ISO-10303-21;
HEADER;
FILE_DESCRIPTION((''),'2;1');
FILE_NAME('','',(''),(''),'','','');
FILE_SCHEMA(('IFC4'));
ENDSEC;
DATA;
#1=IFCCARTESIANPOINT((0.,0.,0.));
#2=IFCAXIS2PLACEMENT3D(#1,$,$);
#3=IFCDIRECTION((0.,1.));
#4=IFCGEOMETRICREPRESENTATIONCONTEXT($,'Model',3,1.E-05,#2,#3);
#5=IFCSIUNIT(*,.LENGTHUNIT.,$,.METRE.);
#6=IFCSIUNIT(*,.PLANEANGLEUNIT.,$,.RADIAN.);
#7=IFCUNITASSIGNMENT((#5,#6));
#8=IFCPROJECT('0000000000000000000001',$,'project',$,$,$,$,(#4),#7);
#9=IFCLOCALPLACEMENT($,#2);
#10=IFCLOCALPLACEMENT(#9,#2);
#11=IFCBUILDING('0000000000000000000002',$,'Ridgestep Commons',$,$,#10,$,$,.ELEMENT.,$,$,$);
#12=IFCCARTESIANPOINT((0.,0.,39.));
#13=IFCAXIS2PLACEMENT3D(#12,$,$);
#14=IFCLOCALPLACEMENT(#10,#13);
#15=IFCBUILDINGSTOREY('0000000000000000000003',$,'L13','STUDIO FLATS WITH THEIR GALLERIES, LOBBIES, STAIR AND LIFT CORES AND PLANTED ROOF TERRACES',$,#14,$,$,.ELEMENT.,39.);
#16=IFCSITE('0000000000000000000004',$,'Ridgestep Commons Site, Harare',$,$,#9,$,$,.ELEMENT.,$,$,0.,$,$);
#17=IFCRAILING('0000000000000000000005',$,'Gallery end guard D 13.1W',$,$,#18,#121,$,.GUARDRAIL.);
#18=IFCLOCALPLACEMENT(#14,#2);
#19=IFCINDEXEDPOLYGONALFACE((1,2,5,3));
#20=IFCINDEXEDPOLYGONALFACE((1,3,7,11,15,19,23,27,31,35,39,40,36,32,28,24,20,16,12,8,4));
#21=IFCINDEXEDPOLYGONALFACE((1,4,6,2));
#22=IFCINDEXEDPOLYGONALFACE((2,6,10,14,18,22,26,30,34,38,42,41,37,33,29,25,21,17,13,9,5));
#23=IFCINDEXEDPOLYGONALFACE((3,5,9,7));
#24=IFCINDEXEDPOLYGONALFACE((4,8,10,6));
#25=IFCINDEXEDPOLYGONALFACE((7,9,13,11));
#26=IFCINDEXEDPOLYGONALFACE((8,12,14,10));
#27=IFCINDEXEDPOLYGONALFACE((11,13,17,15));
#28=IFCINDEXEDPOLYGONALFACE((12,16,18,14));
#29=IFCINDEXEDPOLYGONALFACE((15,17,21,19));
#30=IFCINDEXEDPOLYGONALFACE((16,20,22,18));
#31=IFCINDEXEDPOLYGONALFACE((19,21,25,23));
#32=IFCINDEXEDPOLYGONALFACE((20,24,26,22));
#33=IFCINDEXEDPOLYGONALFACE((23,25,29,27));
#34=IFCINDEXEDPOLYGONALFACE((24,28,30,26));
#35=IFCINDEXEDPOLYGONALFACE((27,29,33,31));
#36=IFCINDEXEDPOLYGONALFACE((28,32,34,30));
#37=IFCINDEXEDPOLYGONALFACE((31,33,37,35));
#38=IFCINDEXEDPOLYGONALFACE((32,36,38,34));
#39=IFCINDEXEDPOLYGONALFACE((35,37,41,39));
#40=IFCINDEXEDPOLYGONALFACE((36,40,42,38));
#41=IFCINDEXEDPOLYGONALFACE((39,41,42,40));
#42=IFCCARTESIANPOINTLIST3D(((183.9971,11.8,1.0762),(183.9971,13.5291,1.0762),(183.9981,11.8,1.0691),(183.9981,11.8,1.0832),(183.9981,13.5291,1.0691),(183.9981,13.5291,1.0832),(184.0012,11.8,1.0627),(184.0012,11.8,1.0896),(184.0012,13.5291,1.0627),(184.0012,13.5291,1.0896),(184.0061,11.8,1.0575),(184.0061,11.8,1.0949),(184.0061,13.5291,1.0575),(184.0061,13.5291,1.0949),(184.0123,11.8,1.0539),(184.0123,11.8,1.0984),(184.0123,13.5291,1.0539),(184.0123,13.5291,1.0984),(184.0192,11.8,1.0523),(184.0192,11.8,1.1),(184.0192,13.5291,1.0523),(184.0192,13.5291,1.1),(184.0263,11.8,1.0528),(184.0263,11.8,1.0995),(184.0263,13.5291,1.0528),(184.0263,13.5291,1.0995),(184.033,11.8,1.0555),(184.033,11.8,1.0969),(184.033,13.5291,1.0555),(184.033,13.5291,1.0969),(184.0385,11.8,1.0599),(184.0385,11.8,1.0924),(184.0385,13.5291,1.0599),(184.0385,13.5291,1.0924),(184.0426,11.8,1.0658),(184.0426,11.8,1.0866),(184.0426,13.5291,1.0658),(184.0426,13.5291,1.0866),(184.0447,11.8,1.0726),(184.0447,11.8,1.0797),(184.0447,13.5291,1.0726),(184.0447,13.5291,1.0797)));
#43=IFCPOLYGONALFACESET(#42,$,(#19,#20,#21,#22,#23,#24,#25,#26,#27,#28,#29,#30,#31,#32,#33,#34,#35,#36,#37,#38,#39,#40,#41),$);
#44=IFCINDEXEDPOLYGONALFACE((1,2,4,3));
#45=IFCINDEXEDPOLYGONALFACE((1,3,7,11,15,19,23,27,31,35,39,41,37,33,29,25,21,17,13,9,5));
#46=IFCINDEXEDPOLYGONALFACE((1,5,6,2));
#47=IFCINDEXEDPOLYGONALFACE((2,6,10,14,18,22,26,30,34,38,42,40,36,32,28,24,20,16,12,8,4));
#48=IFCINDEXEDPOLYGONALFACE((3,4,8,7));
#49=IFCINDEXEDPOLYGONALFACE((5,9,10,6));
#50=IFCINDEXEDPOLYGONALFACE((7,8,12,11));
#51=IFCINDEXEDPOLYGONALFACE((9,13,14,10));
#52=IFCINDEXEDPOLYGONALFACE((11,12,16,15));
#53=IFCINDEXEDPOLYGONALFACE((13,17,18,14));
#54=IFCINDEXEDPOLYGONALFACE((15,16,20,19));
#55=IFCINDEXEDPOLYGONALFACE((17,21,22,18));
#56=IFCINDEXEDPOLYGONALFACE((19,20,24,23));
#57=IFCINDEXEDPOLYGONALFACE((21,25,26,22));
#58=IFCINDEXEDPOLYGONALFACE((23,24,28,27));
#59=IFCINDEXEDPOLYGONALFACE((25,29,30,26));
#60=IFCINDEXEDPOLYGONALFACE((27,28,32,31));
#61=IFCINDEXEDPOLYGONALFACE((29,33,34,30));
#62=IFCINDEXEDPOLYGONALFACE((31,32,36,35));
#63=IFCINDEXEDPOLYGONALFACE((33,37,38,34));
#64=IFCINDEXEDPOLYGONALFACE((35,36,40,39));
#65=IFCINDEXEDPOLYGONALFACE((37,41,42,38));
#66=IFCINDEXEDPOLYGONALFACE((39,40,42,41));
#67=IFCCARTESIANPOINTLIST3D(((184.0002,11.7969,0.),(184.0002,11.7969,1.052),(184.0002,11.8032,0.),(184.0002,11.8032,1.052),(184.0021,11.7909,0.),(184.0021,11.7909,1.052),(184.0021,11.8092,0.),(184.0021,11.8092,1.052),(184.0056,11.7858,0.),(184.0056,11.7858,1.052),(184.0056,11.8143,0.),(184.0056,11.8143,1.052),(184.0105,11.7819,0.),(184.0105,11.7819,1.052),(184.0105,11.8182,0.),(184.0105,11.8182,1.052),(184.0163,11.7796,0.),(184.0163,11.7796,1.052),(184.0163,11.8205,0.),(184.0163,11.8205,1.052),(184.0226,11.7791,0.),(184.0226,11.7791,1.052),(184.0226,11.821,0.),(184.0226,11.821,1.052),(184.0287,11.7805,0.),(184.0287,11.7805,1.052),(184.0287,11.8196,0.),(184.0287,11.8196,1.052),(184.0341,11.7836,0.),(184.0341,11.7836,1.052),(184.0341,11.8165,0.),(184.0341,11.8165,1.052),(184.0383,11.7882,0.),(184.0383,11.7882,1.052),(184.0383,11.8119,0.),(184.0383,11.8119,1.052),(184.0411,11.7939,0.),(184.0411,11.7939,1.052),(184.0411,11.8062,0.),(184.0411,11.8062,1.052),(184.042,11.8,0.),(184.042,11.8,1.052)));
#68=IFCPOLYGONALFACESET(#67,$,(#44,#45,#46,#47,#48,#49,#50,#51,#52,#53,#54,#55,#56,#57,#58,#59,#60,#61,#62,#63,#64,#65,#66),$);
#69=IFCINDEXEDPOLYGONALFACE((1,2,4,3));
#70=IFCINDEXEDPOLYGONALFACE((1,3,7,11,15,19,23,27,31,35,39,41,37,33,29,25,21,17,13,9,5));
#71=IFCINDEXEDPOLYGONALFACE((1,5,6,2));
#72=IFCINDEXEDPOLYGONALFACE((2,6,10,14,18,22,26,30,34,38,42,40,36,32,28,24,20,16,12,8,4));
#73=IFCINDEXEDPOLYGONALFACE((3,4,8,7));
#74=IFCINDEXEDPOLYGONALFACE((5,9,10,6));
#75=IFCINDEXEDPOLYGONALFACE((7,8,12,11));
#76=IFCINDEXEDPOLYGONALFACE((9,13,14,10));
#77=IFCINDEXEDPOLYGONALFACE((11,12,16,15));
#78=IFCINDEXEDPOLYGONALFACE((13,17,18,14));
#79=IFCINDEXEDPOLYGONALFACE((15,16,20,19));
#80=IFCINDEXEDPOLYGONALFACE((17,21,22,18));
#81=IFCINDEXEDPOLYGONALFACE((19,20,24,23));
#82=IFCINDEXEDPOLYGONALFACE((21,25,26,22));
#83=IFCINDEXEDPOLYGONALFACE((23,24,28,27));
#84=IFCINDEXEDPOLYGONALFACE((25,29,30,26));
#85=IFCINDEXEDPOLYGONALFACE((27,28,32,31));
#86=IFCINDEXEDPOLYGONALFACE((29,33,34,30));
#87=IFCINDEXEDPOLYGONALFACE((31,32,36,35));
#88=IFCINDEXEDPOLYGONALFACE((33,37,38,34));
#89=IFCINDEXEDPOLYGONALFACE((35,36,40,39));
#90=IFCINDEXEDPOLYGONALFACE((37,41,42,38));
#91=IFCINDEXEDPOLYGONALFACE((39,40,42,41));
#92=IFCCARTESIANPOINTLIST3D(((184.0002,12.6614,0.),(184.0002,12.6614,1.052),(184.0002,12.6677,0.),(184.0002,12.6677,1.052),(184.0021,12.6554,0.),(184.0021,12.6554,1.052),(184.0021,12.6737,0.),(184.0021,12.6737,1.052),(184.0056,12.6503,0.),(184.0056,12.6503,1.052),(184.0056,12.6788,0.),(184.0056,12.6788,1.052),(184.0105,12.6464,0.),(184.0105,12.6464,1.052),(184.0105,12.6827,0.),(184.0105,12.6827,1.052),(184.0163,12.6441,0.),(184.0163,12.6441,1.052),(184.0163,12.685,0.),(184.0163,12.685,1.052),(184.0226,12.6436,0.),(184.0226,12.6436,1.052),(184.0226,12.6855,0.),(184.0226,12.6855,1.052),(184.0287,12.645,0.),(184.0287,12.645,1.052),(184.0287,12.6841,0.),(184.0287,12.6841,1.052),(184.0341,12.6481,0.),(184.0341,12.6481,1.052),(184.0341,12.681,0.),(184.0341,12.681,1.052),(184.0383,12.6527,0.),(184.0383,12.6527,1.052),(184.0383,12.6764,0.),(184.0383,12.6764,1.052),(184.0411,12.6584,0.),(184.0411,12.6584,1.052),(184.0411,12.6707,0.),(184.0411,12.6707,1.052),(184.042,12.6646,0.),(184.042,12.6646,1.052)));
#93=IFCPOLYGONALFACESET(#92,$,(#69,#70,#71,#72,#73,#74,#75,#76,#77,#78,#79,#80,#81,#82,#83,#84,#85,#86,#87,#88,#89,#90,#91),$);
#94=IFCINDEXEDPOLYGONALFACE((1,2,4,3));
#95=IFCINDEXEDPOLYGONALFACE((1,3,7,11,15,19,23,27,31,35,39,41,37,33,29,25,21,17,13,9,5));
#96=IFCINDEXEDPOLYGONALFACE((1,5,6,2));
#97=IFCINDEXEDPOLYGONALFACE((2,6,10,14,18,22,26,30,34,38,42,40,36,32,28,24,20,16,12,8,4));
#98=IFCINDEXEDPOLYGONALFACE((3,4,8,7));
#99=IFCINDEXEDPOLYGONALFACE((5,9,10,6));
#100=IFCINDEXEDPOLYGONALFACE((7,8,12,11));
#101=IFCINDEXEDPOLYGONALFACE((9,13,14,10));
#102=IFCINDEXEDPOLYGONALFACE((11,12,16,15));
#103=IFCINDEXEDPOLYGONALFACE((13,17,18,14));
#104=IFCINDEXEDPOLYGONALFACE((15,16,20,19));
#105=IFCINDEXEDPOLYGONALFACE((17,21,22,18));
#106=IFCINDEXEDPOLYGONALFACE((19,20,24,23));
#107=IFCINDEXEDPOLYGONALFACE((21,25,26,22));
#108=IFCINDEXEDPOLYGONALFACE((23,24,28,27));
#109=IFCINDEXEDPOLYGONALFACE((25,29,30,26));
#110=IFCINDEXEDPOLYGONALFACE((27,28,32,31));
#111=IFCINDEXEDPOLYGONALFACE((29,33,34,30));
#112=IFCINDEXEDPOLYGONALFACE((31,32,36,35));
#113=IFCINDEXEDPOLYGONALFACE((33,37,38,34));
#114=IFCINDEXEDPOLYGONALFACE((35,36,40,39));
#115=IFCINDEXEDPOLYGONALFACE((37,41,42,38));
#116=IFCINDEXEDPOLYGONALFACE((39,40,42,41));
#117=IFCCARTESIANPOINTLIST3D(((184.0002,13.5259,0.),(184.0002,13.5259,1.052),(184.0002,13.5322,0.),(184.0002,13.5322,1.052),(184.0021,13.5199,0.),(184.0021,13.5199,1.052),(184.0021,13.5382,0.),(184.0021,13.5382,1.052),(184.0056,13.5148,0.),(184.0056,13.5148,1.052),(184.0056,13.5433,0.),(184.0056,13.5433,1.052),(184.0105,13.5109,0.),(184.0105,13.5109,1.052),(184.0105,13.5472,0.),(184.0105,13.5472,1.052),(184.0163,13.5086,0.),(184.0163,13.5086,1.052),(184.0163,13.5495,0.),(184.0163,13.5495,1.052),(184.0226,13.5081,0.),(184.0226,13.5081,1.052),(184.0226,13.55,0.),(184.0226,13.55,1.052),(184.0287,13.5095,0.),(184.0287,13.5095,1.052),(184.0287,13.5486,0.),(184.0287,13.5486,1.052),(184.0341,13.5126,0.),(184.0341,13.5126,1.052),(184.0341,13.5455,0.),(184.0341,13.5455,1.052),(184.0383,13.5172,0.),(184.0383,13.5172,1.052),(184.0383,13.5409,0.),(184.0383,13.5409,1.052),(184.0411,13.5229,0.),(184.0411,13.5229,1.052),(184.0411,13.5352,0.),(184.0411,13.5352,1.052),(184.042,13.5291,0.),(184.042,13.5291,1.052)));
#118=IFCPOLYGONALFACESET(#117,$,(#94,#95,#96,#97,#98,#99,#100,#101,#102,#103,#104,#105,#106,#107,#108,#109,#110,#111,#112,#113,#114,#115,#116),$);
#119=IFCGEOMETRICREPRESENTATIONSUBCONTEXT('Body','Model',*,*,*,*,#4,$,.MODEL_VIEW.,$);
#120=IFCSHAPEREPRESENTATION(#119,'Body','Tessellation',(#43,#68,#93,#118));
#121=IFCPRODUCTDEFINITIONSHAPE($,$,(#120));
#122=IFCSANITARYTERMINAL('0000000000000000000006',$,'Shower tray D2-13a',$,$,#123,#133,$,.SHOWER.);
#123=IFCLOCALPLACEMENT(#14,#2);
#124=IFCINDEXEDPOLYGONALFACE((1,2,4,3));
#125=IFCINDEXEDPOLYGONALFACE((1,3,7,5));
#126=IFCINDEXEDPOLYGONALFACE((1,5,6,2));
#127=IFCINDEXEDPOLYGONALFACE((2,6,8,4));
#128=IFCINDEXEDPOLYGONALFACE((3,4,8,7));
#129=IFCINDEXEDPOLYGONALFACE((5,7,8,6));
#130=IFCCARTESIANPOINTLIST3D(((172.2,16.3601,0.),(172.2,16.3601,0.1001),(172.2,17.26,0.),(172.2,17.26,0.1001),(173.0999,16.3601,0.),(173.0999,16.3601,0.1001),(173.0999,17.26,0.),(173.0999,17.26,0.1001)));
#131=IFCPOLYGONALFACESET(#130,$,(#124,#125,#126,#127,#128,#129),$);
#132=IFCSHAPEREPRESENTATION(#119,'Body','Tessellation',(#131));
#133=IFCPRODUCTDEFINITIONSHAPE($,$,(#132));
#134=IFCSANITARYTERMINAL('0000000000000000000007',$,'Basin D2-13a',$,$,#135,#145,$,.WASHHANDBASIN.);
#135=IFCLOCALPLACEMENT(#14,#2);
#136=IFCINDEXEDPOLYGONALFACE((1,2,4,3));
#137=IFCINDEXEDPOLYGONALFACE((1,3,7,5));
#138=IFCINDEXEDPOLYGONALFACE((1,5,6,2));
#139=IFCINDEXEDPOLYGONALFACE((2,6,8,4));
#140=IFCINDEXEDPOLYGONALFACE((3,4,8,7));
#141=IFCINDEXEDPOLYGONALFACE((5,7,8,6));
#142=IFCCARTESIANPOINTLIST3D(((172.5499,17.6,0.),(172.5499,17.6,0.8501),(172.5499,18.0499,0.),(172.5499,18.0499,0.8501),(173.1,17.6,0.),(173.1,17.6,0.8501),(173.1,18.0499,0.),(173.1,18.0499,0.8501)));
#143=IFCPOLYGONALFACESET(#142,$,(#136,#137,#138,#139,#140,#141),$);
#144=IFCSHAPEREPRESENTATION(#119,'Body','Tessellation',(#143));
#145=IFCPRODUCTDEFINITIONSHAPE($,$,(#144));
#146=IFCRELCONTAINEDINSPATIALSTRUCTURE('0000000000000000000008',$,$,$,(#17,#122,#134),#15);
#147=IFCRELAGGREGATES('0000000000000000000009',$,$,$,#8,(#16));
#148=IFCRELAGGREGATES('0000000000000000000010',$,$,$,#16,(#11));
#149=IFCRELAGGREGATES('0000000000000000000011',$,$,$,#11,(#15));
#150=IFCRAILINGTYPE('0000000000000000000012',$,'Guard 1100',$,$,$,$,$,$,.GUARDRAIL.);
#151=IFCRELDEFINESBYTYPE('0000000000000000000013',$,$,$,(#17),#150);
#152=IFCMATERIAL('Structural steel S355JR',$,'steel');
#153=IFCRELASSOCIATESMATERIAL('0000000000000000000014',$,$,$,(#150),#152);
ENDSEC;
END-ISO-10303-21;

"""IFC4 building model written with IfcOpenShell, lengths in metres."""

from ifc_helpers import new_model, si_unit, direction, frame, origin, origin_2d, place, context, subcontext, project, spatial, rectangle, circle, extrude, material, type_object, element, save


model = new_model("IFC4")

# Units and contexts
model_context = context("Model", 3, precision=1e-05, world=origin(), true_north=direction((0.0, 1.0)))
body_context = subcontext(model_context, "Body", "Model", "MODEL_VIEW")
ifc_project = project(units=[si_unit("LENGTHUNIT", "METRE"), si_unit("PLANEANGLEUNIT", "RADIAN")], contexts=[model_context])

# Site, building, storey
site_placement = place(None, origin())
site = spatial("IfcSite", under=ifc_project, at=site_placement, Name="Ridgestep Commons Site, Harare", CompositionType="ELEMENT", RefElevation=0.0)
building_placement = place(site_placement, origin())
building = spatial("IfcBuilding", under=site, at=building_placement, Name="Ridgestep Commons", CompositionType="ELEMENT")
storey_placement = place(building_placement, frame((0.0, 0.0, 39.0)))
storey = spatial("IfcBuildingStorey", under=building, at=storey_placement, Name="L13", Description="STUDIO FLATS WITH THEIR GALLERIES, LOBBIES, STAIR AND LIFT CORES AND PLANTED ROOF TERRACES", CompositionType="ELEMENT", Elevation=39.0)

# Railing
ifc_material_1 = material(Name="Structural steel S355JR", Category="steel")
railing_type = type_object("IfcRailingType", Name="Guard 1100", PredefinedType="GUARDRAIL", material=ifc_material_1)
railing_1_placement = place(storey_placement, frame((184.021, 11.8, 0.0)))
element("IfcRailing", 1, at=railing_1_placement, inside=storey, type_object=railing_type, Name="Gallery end guard D 13.1W", PredefinedType="GUARDRAIL", context=body_context, shape_type="SweptSolid", body=[
    extrude(circle(Radius=0.0239, at=origin_2d()), frame((0.0, 0.0, 1.0762), z_axis=(0.0, 1.0, 0.0), x_axis=(-1.0, 0.0, 0.0)), (0.0, 0.0, 1.0), 1.729),
    extrude(circle(Radius=0.021, at=origin_2d()), origin(), (0.0, 0.0, 1.0), 1.052),
    extrude(circle(Radius=0.021, at=origin_2d()), frame((0.0, 0.8645, 0.0)), (0.0, 0.0, 1.0), 1.052),
    extrude(circle(Radius=0.021, at=origin_2d()), frame((0.0, 1.729, 0.0)), (0.0, 0.0, 1.0), 1.052),
])

# Sanitary terminals
sanitary_terminal_1_placement = place(storey_placement, frame((172.6499, 16.8101, 0.0), z_axis=(0.0, 0.0, 1.0), x_axis=(1.0, 0.0, 0.0)))
element("IfcSanitaryTerminal", 2, at=sanitary_terminal_1_placement, inside=storey, Name="Shower tray D2-13a", PredefinedType="SHOWER", context=body_context, shape_type="SweptSolid", body=[
    extrude(rectangle(XDim=0.8999, YDim=0.8999, at=origin_2d()), origin(), (0.0, 0.0, 1.0), 0.1001),
])
sanitary_terminal_2_placement = place(storey_placement, frame((172.825, 17.825, 0.0), z_axis=(0.0, 0.0, 1.0), x_axis=(1.0, 0.0, 0.0)))
element("IfcSanitaryTerminal", 3, at=sanitary_terminal_2_placement, inside=storey, Name="Basin D2-13a", PredefinedType="WASHHANDBASIN", context=body_context, shape_type="SweptSolid", body=[
    extrude(rectangle(XDim=0.55, YDim=0.45, at=origin_2d()), origin(), (0.0, 0.0, 1.0), 0.8501),
])

save(model, "model.ifc")
